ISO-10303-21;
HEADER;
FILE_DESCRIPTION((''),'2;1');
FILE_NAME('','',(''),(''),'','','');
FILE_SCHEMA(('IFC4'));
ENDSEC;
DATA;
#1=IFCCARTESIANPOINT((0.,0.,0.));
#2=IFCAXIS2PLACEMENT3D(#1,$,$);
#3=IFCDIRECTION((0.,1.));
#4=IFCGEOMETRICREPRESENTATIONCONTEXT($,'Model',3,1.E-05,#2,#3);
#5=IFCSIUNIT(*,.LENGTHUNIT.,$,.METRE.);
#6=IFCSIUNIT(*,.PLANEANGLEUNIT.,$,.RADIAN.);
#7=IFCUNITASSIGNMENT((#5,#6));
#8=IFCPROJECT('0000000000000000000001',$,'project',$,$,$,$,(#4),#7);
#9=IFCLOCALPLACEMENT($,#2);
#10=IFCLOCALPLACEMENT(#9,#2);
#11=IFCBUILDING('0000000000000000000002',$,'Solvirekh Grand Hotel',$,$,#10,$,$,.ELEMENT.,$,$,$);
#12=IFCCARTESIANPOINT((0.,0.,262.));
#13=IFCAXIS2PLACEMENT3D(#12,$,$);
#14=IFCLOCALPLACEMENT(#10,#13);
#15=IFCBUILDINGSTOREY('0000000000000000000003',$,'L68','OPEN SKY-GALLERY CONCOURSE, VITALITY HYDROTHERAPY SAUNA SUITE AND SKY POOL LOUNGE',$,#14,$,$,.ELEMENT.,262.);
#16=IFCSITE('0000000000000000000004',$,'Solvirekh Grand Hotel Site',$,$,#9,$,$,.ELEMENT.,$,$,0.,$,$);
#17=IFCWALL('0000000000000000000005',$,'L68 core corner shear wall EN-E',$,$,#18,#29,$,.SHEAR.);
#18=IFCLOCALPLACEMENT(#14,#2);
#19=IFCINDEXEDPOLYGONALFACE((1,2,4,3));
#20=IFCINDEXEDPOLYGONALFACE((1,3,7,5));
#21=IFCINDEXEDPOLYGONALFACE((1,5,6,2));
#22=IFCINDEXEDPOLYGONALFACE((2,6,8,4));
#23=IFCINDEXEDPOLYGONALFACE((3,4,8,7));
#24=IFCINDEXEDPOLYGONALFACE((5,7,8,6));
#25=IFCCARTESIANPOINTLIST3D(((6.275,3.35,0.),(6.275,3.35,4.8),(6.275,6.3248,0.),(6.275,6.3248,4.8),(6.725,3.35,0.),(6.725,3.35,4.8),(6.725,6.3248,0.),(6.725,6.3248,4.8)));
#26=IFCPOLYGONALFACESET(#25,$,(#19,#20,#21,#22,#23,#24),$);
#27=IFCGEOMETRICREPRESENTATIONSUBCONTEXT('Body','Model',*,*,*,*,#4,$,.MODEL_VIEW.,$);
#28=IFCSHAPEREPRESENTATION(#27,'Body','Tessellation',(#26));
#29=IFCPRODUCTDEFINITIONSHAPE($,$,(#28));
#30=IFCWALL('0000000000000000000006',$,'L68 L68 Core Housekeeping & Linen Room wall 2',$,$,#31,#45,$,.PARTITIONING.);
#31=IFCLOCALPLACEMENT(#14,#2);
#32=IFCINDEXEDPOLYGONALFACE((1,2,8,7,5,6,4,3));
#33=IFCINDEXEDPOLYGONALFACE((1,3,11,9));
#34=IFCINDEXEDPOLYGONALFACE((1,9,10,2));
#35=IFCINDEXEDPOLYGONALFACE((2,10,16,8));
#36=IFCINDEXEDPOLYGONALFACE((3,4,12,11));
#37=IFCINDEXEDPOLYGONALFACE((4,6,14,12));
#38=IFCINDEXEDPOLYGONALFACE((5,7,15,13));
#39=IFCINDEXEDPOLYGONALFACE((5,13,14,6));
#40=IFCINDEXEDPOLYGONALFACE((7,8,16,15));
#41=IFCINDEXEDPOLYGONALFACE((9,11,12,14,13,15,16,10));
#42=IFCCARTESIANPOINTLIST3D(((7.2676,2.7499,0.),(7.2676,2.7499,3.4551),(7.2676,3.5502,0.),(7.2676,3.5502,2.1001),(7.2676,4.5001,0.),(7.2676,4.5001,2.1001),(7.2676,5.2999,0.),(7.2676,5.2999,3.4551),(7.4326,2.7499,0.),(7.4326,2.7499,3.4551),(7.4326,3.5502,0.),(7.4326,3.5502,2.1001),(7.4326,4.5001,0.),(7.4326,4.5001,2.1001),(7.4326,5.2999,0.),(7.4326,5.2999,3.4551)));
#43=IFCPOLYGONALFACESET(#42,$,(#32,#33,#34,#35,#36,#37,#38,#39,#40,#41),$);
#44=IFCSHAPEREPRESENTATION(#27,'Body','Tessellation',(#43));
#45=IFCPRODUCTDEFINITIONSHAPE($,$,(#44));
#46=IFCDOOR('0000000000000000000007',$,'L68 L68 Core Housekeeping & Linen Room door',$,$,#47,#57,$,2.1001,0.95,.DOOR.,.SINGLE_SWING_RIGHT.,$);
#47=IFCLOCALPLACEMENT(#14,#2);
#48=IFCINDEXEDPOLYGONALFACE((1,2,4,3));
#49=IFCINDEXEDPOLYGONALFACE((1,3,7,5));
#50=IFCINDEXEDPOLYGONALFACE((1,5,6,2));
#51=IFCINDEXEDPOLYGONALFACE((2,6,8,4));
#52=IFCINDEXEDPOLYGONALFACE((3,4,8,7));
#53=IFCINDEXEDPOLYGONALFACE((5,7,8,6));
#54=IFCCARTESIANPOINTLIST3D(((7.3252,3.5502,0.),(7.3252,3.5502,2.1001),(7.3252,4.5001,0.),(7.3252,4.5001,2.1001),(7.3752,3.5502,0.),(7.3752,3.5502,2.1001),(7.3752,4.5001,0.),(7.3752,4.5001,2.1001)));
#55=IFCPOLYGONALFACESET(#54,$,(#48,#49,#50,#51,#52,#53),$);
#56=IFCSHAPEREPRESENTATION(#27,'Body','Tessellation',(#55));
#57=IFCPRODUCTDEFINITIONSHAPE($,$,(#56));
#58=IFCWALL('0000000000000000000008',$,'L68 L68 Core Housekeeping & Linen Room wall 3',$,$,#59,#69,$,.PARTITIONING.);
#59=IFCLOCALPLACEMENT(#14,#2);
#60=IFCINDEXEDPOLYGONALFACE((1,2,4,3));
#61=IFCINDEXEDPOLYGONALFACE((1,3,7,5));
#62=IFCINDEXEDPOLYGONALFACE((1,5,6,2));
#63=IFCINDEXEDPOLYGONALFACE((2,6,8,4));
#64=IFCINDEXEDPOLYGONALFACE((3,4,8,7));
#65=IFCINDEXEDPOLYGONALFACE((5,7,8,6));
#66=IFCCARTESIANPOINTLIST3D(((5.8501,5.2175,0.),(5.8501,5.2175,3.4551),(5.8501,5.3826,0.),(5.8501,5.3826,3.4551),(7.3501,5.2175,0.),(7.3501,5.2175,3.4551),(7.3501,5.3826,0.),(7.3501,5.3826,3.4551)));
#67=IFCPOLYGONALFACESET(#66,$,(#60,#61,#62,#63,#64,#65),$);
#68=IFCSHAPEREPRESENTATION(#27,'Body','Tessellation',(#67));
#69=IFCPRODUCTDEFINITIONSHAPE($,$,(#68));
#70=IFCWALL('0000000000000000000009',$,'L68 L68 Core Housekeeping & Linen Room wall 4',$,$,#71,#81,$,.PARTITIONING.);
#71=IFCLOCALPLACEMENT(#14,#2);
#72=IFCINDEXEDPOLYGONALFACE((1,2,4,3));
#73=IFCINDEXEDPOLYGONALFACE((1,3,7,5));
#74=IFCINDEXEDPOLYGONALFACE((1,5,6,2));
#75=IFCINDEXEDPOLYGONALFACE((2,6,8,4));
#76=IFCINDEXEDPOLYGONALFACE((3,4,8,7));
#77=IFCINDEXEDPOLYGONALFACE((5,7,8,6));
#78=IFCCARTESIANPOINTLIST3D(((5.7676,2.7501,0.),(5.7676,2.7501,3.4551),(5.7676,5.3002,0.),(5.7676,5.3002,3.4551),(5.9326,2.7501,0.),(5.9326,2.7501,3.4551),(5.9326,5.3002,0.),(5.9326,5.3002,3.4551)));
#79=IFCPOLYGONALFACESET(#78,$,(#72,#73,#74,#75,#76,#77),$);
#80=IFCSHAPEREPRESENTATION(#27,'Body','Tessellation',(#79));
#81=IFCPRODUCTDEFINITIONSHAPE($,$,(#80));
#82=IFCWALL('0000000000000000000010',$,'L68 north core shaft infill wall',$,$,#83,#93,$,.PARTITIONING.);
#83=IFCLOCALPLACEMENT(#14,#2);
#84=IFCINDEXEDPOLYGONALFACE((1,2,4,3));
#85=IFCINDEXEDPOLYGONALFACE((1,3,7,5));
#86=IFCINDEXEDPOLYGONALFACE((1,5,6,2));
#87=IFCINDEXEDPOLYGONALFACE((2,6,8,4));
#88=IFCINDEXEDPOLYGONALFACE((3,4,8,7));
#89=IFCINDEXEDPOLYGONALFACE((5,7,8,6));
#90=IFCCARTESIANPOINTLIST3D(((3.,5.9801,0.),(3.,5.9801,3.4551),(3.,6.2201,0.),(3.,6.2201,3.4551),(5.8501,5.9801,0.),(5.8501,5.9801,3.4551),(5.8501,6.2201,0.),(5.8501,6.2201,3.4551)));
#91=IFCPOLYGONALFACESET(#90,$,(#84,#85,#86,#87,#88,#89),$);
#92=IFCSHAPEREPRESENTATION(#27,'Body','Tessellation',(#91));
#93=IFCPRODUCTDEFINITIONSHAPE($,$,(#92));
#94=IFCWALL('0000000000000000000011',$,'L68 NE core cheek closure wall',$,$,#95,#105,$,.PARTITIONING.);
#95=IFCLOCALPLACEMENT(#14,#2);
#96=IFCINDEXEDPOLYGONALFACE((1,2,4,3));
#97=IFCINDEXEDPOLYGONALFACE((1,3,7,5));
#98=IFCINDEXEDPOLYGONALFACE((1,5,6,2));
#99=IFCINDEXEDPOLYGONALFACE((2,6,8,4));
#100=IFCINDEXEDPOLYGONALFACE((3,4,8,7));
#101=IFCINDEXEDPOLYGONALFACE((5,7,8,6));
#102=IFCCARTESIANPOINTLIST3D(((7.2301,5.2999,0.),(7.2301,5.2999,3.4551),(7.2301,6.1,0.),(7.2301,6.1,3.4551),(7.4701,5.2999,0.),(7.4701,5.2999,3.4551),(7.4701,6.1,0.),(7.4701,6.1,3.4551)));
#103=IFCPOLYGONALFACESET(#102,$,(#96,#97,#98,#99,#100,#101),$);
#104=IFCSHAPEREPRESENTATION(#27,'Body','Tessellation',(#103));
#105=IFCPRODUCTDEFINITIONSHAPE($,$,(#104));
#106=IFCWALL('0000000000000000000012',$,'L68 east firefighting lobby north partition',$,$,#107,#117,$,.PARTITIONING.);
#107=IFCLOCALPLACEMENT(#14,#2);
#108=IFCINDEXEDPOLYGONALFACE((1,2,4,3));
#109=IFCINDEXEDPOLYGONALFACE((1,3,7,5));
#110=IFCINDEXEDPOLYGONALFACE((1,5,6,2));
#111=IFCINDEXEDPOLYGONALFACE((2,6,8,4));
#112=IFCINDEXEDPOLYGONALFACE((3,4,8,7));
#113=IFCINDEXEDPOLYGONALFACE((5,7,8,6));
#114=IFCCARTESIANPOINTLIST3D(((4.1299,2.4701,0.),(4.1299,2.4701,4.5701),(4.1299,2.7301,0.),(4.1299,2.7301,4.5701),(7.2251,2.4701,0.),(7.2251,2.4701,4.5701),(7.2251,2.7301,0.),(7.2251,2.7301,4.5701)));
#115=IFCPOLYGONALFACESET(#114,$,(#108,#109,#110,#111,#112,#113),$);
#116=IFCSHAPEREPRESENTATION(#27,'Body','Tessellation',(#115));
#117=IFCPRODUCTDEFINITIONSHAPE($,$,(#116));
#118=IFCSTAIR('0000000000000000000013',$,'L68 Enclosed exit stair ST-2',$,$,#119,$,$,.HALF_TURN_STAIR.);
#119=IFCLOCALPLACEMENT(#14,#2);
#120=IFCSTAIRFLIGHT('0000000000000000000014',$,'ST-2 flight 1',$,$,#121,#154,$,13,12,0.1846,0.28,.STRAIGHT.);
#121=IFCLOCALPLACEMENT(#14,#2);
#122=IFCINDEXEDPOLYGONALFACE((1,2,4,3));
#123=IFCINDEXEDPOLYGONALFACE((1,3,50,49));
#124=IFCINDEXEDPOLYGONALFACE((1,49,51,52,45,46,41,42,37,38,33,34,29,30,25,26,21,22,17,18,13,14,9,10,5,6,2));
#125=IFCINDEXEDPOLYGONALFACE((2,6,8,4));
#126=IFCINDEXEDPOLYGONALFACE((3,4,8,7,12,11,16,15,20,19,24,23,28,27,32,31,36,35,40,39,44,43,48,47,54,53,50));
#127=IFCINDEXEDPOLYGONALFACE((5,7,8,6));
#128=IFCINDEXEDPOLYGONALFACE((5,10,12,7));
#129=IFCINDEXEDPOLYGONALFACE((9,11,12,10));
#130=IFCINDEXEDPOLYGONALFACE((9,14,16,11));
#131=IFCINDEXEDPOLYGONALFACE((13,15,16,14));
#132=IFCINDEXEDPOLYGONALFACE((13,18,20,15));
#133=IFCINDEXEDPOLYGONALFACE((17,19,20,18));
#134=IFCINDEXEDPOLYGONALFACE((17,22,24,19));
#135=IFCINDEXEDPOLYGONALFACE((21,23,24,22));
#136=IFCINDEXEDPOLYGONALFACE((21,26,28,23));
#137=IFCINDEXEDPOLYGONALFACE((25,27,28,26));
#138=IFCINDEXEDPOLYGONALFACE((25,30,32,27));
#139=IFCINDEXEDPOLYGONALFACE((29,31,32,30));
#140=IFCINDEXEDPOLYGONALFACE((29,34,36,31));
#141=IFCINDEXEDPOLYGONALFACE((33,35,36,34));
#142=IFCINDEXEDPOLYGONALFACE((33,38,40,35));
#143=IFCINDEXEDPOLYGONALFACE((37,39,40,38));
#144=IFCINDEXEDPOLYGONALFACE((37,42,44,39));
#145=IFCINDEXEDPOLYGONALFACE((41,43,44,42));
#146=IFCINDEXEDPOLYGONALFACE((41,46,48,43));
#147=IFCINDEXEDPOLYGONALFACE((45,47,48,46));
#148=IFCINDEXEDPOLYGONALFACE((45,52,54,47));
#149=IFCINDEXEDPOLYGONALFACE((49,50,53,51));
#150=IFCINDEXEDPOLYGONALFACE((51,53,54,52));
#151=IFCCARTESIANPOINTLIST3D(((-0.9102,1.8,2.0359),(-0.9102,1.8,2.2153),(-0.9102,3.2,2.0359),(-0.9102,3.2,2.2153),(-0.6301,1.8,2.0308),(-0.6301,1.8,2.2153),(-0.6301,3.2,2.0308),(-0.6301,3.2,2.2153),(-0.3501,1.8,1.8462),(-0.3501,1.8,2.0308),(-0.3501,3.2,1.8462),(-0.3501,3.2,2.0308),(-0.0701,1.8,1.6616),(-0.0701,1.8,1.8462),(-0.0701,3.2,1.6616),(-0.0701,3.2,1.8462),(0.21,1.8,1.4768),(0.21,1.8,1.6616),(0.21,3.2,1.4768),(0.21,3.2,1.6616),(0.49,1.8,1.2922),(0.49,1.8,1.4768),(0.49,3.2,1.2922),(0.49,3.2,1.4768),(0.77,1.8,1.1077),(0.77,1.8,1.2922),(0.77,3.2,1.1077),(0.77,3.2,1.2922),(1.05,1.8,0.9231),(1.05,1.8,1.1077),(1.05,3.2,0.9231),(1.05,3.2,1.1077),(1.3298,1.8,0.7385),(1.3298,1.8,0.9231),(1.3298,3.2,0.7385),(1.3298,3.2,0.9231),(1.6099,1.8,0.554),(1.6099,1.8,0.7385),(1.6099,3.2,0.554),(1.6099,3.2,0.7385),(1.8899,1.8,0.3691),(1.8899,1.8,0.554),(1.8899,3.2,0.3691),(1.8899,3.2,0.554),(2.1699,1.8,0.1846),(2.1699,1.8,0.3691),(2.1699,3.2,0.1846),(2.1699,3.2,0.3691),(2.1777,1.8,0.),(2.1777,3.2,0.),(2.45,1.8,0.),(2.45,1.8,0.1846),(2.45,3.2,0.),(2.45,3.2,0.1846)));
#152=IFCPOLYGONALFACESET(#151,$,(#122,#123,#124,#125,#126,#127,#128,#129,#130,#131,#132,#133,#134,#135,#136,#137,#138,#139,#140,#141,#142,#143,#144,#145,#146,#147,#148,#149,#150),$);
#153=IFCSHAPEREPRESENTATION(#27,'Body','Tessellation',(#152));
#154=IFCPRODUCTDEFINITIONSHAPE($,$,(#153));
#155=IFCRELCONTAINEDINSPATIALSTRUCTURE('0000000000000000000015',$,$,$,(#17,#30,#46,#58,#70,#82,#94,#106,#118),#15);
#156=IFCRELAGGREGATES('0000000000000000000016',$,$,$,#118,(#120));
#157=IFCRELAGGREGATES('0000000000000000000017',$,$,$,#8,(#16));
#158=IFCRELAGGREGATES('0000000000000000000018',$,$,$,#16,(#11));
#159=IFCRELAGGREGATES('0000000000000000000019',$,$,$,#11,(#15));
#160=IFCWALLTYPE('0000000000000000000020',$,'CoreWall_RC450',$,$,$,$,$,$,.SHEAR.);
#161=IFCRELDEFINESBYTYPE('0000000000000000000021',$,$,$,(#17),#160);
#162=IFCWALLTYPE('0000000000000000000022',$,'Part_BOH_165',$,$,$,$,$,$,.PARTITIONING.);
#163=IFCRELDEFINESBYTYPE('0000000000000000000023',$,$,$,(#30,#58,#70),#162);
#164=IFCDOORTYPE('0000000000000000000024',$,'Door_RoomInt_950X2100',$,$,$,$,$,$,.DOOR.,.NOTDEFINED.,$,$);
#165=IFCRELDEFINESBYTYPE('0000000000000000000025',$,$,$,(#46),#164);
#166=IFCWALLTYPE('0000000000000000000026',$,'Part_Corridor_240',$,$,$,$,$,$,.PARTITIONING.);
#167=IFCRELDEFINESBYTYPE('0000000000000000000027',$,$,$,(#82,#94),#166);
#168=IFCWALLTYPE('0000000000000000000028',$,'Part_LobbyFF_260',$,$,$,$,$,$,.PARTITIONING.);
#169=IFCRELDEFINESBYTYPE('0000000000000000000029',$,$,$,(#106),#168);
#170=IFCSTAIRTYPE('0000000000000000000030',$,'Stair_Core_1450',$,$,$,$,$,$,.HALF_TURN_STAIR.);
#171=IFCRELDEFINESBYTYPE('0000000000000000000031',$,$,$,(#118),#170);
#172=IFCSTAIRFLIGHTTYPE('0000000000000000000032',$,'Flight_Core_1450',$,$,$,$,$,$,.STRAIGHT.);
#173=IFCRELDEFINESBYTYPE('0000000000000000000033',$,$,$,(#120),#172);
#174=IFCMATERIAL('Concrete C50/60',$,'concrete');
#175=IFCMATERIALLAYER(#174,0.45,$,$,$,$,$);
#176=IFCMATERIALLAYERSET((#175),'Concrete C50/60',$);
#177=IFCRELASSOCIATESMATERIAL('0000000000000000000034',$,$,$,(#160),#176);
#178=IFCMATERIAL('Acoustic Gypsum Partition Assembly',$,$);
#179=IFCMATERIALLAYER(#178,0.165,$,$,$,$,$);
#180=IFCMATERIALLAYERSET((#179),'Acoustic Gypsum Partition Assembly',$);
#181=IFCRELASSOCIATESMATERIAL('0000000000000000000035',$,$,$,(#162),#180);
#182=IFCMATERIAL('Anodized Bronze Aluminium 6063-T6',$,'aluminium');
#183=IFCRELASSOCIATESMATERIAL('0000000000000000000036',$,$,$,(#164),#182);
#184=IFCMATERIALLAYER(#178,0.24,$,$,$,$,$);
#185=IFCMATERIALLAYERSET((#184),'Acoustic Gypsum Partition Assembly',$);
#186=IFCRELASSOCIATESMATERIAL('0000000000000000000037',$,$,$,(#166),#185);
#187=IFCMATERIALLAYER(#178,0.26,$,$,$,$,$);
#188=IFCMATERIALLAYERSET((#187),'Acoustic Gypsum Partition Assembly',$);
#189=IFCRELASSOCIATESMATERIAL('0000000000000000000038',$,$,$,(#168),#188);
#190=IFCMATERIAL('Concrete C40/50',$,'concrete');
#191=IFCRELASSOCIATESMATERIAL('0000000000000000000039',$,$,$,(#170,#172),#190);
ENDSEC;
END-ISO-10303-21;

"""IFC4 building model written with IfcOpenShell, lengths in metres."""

from ifc_helpers import new_model, si_unit, direction, frame, frame_2d, origin, place, context, subcontext, project, spatial, polyline, rectangle, outline, extrude, material, layer, layer_set, type_object, element, fill, aggregate, save


model = new_model("IFC4")

# Units and contexts
model_context = context("Model", 3, precision=1e-05, world=origin(), true_north=direction((0.0, 1.0)))
body_context = subcontext(model_context, "Body", "Model", "MODEL_VIEW")
ifc_project = project(units=[si_unit("LENGTHUNIT", "METRE"), si_unit("PLANEANGLEUNIT", "RADIAN")], contexts=[model_context])

# Site, building, storey
site_placement = place(None, origin())
site = spatial("IfcSite", under=ifc_project, at=site_placement, Name="Solvirekh Grand Hotel Site", CompositionType="ELEMENT", RefElevation=0.0)
building_placement = place(site_placement, origin())
building = spatial("IfcBuilding", under=site, at=building_placement, Name="Solvirekh Grand Hotel", CompositionType="ELEMENT")
storey_placement = place(building_placement, frame((0.0, 0.0, 262.0)))
storey = spatial("IfcBuildingStorey", under=building, at=storey_placement, Name="L68", Description="OPEN SKY-GALLERY CONCOURSE, VITALITY HYDROTHERAPY SAUNA SUITE AND SKY POOL LOUNGE", CompositionType="ELEMENT", Elevation=262.0)

# Shared definitions
ifc_material_1 = material(Name="Concrete C50/60", Category="concrete")

# Shared definitions
ifc_material_2 = material(Name="Concrete C40/50", Category="concrete")

# Wall
ifc_layer_1 = layer(ifc_material_1, 0.45)
ifc_layer_set_1 = layer_set([ifc_layer_1], Name="Concrete C50/60")
wall_type_1 = type_object("IfcWallType", Name="CoreWall_RC450", PredefinedType="SHEAR", material=ifc_layer_set_1)
wall_1_placement = place(storey_placement, frame((6.5, 3.3501, 0.0), z_axis=(0.0, 0.0, 1.0), x_axis=(0.0, 1.0, 0.0)))
element("IfcWall", 1, at=wall_1_placement, inside=storey, type_object=wall_type_1, Name="L68 core corner shear wall EN-E", PredefinedType="SHEAR", context=body_context, shape_type="SweptSolid", body=[
    extrude(rectangle(XDim=2.9749, YDim=0.45, at=frame_2d((1.4873, 0.0))), origin(), (0.0, 0.0, 1.0), 4.8),
])

# Wall, opening, door
ifc_material_3 = material(Name="Acoustic Gypsum Partition Assembly")
ifc_layer_2 = layer(ifc_material_3, 0.165)
ifc_layer_set_2 = layer_set([ifc_layer_2], Name="Acoustic Gypsum Partition Assembly")
wall_type_2 = type_object("IfcWallType", Name="Part_BOH_165", PredefinedType="PARTITIONING", material=ifc_layer_set_2)
wall_2_placement = place(storey_placement, frame((7.3501, 2.75, 0.0), z_axis=(0.0, 0.0, 1.0), x_axis=(0.0, 1.0, 0.0)))
wall_2 = element("IfcWall", 2, at=wall_2_placement, inside=storey, type_object=wall_type_2, Name="L68 L68 Core Housekeeping & Linen Room wall 2", PredefinedType="PARTITIONING", context=body_context, shape_type="SweptSolid", body=[
    extrude(rectangle(XDim=2.55, YDim=0.165, at=frame_2d((1.2749, 0.0))), origin(), (0.0, 0.0, 1.0), 3.4551),
])
opening_1_placement = place(wall_2_placement, frame((0.8, 0.0, 0.0)))
opening_1 = element("IfcOpeningElement", 3, at=opening_1_placement, cuts=wall_2, PredefinedType="OPENING", context=body_context, shape_type="SweptSolid", body=[
    extrude(rectangle(XDim=0.95, YDim=2.1001, at=frame_2d((0.4751, 1.05))), frame((0.0, 0.0925, 0.0), z_axis=(0.0, -1.0, 0.0), x_axis=(1.0, 0.0, 0.0)), (0.0, 0.0, 1.0), 0.1851),
])
ifc_material_4 = material(Name="Anodized Bronze Aluminium 6063-T6", Category="aluminium")
door_type_1 = type_object("IfcDoorType", Name="Door_RoomInt_950X2100", OperationType="NOTDEFINED", PredefinedType="DOOR", material=ifc_material_4)
door_1_placement = place(opening_1_placement, origin())
door_1 = element("IfcDoor", 4, at=door_1_placement, inside=storey, type_object=door_type_1, Name="L68 L68 Core Housekeeping & Linen Room door", OperationType="SINGLE_SWING_RIGHT", OverallHeight=2.1001, OverallWidth=0.95, PredefinedType="DOOR", context=body_context, shape_type="SweptSolid", body=[
    extrude(rectangle(XDim=0.95, YDim=2.1001, at=frame_2d((0.4751, 1.05))), frame((0.0, 0.0249, 0.0), z_axis=(0.0, -1.0, 0.0), x_axis=(1.0, 0.0, 0.0)), (0.0, 0.0, 1.0), 0.05),
])
fill(opening_1, door_1)

# Walls
wall_3_placement = place(storey_placement, frame((7.3501, 5.3, 0.0), z_axis=(0.0, 0.0, 1.0), x_axis=(-1.0, 0.0, 0.0)))
element("IfcWall", 5, at=wall_3_placement, inside=storey, type_object=wall_type_2, Name="L68 L68 Core Housekeeping & Linen Room wall 3", PredefinedType="PARTITIONING", context=body_context, shape_type="SweptSolid", body=[
    extrude(rectangle(XDim=1.5, YDim=0.165, at=frame_2d((0.75, 0.0))), origin(), (0.0, 0.0, 1.0), 3.4551),
])
wall_4_placement = place(storey_placement, frame((5.8501, 5.3, 0.0), z_axis=(0.0, 0.0, 1.0), x_axis=(0.0, -1.0, 0.0)))
element("IfcWall", 6, at=wall_4_placement, inside=storey, type_object=wall_type_2, Name="L68 L68 Core Housekeeping & Linen Room wall 4", PredefinedType="PARTITIONING", context=body_context, shape_type="SweptSolid", body=[
    extrude(rectangle(XDim=2.55, YDim=0.165, at=frame_2d((1.2749, 0.0))), origin(), (0.0, 0.0, 1.0), 3.4551),
])
ifc_layer_3 = layer(ifc_material_3, 0.24)
ifc_layer_set_3 = layer_set([ifc_layer_3], Name="Acoustic Gypsum Partition Assembly")
wall_type_3 = type_object("IfcWallType", Name="Part_Corridor_240", PredefinedType="PARTITIONING", material=ifc_layer_set_3)
wall_5_placement = place(storey_placement, frame((3.0, 6.1001, 0.0), z_axis=(0.0, 0.0, 1.0), x_axis=(1.0, 0.0, 0.0)))
element("IfcWall", 7, at=wall_5_placement, inside=storey, type_object=wall_type_3, Name="L68 north core shaft infill wall", PredefinedType="PARTITIONING", context=body_context, shape_type="SweptSolid", body=[
    extrude(rectangle(XDim=2.8501, YDim=0.24, at=frame_2d((1.425, 0.0))), origin(), (0.0, 0.0, 1.0), 3.4551),
])
wall_6_placement = place(storey_placement, frame((7.3501, 5.3, 0.0), z_axis=(0.0, 0.0, 1.0), x_axis=(0.0, 1.0, 0.0)))
element("IfcWall", 8, at=wall_6_placement, inside=storey, type_object=wall_type_3, Name="L68 NE core cheek closure wall", PredefinedType="PARTITIONING", context=body_context, shape_type="SweptSolid", body=[
    extrude(rectangle(XDim=0.8, YDim=0.24, at=frame_2d((0.3999, 0.0))), origin(), (0.0, 0.0, 1.0), 3.4551),
])
ifc_layer_4 = layer(ifc_material_3, 0.26)
ifc_layer_set_4 = layer_set([ifc_layer_4], Name="Acoustic Gypsum Partition Assembly")
wall_type_4 = type_object("IfcWallType", Name="Part_LobbyFF_260", PredefinedType="PARTITIONING", material=ifc_layer_set_4)
wall_7_placement = place(storey_placement, frame((4.1299, 2.6001, 0.0), z_axis=(0.0, 0.0, 1.0), x_axis=(1.0, 0.0, 0.0)))
element("IfcWall", 9, at=wall_7_placement, inside=storey, type_object=wall_type_4, Name="L68 east firefighting lobby north partition", PredefinedType="PARTITIONING", context=body_context, shape_type="SweptSolid", body=[
    extrude(rectangle(XDim=3.0952, YDim=0.26, at=frame_2d((1.5476, 0.0))), origin(), (0.0, 0.0, 1.0), 4.5701),
])

# Stair, stair flight
stair_type = type_object("IfcStairType", Name="Stair_Core_1450", PredefinedType="HALF_TURN_STAIR", material=ifc_material_2)
stair_placement = place(storey_placement, origin())
stair = element("IfcStair", 10, at=stair_placement, inside=storey, type_object=stair_type, Name="L68 Enclosed exit stair ST-2", PredefinedType="HALF_TURN_STAIR")
stair_flight_type = type_object("IfcStairFlightType", Name="Flight_Core_1450", PredefinedType="STRAIGHT", material=ifc_material_2)
stair_flight_placement = place(storey_placement, frame((2.45, 2.5, 0.0), z_axis=(0.0, 0.0, 1.0), x_axis=(-1.0, 0.0, 0.0)))
stair_flight = element("IfcStairFlight", 11, at=stair_flight_placement, type_object=stair_flight_type, Name="ST-2 flight 1", NumberOfRisers=13, NumberOfTreads=12, PredefinedType="STRAIGHT", RiserHeight=0.1846, TreadLength=0.28, context=body_context, shape_type="SweptSolid", body=[
    extrude(outline(polyline([(0.0, 0.0), (0.0, 0.1846), (0.28, 0.1846), (0.28, 0.3691), (0.5601, 0.3691), (0.5601, 0.554), (0.8401, 0.554), (0.8401, 0.7385), (1.1201, 0.7385), (1.1201, 0.9231), (1.3999, 0.9231), (1.3999, 1.1077), (1.6799, 1.1077), (1.6799, 1.2922), (1.96, 1.2922), (1.96, 1.4768), (2.24, 1.4768), (2.24, 1.6616), (2.52, 1.6616), (2.52, 1.8462), (2.8, 1.8462), (2.8, 2.0308), (3.0801, 2.0308), (3.0801, 2.2153), (3.3601, 2.2153), (3.3601, 2.3999), (3.3601, 2.0359), (0.2722, 0.0), (0.0, 0.0)])), frame((0.0, 0.7, 0.0), z_axis=(0.0, -1.0, 0.0), x_axis=(1.0, 0.0, 0.0)), (0.0, 0.0, 1.0), 1.3999),
])
aggregate(stair, [stair_flight])

save(model, "model.ifc")
